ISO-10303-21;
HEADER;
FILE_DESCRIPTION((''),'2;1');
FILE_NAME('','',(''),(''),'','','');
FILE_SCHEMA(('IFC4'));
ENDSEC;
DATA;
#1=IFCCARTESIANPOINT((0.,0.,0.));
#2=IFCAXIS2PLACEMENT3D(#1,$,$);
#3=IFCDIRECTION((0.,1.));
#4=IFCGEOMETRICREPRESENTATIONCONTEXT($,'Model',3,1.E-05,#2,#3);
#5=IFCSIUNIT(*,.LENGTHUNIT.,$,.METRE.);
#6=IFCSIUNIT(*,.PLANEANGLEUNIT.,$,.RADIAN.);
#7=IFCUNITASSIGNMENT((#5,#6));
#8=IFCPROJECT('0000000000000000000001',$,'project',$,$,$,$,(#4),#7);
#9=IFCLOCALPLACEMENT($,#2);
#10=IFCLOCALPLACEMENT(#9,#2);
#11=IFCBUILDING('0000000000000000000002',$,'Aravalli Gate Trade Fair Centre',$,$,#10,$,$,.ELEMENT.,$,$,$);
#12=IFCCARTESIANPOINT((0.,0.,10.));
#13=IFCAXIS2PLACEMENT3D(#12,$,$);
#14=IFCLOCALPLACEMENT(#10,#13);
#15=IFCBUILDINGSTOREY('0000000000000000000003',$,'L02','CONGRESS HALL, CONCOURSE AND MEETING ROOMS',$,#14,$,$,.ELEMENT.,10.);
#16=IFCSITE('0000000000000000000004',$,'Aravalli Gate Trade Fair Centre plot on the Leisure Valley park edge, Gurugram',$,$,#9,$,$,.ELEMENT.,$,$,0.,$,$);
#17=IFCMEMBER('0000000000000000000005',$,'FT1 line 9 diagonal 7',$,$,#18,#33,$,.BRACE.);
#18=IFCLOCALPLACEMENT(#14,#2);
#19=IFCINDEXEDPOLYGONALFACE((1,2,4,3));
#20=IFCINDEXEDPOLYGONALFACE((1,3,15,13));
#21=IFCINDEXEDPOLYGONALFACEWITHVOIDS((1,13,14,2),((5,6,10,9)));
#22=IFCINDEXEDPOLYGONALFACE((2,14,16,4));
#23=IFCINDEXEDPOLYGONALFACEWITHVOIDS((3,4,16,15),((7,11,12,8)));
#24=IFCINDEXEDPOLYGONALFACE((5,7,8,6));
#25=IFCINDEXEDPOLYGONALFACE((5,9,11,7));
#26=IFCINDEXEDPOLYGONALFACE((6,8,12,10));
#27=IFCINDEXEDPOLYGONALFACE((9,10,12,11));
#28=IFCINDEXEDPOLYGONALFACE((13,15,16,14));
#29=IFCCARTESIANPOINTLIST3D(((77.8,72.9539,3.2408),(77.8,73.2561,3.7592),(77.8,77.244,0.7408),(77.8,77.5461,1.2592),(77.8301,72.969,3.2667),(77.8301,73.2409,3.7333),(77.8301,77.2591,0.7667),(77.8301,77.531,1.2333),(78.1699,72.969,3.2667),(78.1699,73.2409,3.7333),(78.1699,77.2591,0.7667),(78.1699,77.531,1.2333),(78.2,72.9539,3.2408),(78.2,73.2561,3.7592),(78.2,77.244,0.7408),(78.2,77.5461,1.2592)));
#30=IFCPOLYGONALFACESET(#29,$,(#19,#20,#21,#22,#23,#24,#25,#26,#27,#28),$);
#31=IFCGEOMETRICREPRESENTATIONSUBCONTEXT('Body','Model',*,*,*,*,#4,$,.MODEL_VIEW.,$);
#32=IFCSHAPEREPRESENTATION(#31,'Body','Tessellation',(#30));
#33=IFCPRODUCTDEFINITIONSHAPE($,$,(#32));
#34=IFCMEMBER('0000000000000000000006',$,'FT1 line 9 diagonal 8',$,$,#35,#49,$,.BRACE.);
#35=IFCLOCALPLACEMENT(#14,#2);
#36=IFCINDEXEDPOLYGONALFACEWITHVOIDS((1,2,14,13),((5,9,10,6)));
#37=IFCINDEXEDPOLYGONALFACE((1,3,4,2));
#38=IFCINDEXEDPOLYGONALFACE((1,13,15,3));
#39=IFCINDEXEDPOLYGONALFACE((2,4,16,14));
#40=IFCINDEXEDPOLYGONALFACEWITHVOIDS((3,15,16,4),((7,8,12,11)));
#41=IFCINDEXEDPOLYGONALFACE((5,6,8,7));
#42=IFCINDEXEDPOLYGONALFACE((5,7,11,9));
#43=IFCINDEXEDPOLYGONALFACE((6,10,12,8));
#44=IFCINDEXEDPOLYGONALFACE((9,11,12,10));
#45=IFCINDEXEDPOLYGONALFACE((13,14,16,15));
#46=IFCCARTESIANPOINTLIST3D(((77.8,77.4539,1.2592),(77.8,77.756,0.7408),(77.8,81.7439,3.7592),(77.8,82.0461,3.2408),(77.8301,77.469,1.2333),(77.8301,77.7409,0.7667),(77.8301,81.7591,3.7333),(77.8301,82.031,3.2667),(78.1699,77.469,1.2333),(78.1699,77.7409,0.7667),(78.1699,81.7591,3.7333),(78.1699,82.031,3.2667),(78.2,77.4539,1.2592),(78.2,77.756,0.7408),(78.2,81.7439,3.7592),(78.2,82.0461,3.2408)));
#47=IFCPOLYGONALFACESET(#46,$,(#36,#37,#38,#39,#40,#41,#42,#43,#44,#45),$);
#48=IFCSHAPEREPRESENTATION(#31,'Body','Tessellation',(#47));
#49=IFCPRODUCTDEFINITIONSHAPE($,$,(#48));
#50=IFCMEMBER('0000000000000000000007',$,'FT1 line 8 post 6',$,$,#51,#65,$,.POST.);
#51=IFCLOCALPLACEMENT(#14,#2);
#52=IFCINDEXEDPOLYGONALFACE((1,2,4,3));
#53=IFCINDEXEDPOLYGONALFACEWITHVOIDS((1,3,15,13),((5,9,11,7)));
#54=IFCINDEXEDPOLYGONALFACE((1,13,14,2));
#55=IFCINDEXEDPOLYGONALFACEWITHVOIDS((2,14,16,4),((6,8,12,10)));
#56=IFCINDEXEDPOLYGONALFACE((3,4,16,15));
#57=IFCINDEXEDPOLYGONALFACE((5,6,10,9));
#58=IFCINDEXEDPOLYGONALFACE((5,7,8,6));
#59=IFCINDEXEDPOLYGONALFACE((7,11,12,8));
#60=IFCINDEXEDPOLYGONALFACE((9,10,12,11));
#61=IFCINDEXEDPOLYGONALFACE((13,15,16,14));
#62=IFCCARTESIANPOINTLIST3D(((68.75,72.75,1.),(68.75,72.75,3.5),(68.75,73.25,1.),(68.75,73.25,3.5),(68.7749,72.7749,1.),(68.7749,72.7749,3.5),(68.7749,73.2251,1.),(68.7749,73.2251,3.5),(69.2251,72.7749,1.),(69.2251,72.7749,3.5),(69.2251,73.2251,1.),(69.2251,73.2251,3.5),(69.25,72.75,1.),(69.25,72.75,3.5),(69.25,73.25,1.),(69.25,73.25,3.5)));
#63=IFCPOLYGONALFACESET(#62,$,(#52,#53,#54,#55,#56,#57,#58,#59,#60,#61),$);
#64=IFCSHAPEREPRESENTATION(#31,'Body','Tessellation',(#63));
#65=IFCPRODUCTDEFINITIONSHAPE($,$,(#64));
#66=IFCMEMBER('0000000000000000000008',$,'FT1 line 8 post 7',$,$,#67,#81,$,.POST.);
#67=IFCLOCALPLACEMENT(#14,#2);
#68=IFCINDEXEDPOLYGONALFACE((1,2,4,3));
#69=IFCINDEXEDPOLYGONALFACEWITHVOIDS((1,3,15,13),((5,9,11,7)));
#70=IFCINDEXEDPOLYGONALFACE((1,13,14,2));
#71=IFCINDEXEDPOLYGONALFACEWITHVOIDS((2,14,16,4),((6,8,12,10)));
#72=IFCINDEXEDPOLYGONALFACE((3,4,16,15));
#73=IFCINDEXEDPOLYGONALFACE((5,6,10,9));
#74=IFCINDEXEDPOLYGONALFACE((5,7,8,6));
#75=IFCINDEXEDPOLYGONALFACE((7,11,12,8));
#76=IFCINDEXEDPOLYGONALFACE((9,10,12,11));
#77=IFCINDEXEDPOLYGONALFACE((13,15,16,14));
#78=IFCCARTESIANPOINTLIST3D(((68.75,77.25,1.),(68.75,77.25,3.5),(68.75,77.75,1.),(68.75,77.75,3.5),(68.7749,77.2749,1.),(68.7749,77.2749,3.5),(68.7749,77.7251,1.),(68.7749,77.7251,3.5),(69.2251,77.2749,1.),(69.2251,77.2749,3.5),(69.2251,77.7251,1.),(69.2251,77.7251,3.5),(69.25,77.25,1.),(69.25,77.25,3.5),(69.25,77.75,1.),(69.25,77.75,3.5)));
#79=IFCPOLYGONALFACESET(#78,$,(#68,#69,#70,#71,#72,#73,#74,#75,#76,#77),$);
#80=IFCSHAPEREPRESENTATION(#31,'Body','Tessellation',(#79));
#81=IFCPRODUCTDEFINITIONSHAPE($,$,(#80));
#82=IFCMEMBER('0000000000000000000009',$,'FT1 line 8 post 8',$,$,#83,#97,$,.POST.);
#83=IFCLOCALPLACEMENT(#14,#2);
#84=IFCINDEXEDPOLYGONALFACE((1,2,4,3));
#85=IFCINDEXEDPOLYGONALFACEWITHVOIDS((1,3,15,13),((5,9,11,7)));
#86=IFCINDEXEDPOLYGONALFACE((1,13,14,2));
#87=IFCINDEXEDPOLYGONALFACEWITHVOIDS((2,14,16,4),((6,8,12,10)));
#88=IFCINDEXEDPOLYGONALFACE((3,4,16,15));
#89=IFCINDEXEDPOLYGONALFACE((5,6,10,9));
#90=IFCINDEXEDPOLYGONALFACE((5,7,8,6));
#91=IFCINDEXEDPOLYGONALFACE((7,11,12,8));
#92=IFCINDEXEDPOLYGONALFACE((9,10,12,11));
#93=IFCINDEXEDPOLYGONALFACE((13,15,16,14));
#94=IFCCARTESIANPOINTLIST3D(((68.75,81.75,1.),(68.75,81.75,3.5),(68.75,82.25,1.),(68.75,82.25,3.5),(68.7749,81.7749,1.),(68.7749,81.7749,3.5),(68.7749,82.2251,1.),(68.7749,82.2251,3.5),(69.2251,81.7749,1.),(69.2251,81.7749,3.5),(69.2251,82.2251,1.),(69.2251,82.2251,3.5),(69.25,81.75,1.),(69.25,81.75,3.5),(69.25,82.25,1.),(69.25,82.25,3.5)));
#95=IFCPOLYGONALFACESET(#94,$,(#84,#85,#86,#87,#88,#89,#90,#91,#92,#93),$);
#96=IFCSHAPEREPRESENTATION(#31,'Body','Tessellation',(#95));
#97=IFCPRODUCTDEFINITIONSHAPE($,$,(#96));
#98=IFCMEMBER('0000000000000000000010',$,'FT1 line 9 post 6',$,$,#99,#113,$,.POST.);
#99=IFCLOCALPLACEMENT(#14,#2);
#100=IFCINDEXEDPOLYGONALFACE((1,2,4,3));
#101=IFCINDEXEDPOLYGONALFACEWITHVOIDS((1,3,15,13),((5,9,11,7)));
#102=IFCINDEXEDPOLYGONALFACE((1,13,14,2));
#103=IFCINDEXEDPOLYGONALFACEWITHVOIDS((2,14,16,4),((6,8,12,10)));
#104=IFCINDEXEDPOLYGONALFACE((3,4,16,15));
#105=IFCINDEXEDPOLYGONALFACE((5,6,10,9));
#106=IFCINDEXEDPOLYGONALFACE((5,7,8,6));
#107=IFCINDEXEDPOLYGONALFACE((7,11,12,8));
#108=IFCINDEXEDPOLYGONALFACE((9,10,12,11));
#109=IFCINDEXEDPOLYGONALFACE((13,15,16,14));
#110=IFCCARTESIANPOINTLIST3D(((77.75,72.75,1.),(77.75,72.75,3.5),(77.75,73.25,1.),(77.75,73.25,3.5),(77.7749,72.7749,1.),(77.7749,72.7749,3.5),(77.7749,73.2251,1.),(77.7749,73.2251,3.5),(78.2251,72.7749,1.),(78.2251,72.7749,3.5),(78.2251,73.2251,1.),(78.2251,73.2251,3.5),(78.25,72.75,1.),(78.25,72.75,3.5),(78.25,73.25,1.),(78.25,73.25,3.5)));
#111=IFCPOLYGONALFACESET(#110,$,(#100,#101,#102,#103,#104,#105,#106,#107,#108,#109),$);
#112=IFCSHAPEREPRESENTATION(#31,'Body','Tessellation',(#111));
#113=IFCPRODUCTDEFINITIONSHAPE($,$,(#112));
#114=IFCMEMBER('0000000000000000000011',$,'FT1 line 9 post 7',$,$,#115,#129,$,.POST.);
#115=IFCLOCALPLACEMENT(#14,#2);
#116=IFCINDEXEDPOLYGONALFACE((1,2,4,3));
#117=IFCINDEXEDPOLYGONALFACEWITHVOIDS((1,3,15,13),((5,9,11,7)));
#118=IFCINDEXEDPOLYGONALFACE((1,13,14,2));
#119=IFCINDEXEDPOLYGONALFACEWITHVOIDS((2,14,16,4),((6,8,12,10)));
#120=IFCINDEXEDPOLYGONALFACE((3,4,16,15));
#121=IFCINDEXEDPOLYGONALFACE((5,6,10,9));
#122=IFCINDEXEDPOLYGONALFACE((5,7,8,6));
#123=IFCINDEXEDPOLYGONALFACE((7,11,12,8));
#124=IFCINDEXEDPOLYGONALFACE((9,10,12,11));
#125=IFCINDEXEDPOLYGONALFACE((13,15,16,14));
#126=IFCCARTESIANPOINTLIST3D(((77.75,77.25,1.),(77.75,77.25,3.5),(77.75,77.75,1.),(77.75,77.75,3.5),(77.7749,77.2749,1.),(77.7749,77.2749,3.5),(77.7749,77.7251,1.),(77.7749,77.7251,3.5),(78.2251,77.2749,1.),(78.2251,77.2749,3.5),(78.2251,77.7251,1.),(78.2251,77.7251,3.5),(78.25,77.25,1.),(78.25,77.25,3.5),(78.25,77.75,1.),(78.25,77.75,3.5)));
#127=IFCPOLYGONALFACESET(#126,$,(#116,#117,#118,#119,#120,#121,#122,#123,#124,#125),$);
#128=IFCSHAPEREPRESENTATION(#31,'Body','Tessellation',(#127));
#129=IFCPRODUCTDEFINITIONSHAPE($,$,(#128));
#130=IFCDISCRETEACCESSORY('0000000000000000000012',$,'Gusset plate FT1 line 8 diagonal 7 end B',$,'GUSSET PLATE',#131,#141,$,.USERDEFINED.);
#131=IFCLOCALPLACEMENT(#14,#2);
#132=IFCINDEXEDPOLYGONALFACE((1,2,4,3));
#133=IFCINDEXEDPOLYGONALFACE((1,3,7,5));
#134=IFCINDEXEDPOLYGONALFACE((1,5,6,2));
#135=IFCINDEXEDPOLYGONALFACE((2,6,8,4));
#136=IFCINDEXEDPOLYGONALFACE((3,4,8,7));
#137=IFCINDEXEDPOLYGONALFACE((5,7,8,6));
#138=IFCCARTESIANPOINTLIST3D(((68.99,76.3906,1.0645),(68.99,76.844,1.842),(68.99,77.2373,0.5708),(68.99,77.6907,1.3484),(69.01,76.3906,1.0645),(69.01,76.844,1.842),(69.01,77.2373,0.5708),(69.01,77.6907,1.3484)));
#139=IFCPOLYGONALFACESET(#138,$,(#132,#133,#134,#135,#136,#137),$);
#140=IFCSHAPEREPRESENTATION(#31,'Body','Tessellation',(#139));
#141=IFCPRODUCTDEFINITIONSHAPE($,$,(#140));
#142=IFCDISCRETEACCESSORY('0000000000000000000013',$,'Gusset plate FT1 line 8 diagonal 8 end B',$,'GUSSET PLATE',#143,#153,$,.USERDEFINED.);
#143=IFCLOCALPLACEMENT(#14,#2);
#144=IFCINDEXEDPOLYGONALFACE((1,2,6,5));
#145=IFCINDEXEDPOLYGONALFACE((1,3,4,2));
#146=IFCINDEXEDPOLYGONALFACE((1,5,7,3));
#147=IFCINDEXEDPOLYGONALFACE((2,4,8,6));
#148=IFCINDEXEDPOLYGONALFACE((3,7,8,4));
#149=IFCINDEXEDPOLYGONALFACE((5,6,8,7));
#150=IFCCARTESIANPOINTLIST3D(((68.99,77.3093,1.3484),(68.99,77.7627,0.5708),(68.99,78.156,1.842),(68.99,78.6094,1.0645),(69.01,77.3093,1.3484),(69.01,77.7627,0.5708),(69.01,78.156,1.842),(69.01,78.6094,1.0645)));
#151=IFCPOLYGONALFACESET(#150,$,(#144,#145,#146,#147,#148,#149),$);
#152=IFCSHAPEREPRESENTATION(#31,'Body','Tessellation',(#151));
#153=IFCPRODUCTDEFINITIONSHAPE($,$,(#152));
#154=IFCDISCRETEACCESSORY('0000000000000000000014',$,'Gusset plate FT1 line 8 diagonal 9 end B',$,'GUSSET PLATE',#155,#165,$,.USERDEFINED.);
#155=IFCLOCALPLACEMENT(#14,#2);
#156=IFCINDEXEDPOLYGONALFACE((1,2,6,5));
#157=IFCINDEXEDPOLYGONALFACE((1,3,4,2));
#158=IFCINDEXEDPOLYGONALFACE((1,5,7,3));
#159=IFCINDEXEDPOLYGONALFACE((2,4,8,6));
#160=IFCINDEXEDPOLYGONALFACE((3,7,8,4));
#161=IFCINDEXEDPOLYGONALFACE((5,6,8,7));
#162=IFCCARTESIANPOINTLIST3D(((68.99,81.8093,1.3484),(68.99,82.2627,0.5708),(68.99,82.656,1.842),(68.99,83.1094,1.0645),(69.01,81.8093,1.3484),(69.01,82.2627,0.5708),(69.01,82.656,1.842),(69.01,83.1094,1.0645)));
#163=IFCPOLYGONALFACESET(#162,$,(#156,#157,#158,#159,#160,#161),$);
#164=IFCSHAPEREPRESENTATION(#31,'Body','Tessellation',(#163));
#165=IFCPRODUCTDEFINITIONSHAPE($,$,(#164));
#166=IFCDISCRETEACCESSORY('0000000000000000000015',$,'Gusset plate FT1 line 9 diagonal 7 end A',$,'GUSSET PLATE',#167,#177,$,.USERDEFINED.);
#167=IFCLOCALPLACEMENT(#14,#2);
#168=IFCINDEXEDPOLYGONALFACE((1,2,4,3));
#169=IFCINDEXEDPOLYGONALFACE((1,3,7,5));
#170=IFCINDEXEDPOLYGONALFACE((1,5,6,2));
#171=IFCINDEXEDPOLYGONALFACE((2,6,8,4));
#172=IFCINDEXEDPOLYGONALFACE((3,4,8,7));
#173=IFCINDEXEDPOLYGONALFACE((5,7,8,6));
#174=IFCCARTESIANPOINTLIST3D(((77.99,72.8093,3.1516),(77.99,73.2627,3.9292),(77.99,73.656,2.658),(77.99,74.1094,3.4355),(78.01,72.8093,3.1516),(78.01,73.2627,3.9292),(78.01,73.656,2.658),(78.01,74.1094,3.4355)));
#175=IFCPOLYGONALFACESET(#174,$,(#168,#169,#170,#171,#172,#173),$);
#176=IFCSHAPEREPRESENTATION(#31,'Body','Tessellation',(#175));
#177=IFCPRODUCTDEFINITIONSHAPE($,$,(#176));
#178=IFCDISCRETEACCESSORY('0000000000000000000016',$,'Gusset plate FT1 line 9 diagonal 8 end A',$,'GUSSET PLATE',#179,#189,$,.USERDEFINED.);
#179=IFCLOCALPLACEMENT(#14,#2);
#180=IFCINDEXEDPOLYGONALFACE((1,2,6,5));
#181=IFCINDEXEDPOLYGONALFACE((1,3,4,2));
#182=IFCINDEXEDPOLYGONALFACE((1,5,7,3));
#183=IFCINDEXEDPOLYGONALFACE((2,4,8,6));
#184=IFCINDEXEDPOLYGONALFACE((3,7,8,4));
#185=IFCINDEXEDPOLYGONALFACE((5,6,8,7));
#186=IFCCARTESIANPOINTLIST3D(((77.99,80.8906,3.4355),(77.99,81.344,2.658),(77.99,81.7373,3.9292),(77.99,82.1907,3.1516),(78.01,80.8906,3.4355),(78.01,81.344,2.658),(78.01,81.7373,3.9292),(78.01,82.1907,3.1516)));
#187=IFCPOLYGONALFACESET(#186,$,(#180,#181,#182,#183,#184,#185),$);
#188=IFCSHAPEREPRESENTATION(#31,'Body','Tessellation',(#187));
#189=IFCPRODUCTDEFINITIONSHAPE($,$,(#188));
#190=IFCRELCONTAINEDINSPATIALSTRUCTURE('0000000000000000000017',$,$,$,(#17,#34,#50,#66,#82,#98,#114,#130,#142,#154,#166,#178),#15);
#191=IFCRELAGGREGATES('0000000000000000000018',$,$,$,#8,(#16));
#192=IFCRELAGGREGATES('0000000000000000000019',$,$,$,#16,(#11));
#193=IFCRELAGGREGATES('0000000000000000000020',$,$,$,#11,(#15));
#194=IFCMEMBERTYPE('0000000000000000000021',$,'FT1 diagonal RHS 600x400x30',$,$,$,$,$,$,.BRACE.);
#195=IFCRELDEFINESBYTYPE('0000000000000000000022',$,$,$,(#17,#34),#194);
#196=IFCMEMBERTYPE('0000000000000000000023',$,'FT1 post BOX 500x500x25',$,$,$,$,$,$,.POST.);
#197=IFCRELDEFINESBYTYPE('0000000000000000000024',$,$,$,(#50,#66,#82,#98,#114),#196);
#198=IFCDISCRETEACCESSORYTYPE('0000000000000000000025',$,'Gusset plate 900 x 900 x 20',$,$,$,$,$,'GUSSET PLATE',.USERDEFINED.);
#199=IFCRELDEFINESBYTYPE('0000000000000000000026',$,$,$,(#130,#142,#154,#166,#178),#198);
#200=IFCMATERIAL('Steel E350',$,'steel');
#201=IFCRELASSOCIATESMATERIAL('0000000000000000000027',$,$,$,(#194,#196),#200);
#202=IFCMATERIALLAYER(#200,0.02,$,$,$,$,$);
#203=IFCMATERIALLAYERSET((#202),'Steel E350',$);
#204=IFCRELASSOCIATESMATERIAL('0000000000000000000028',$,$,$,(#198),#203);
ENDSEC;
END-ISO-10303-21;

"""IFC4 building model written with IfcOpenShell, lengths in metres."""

from ifc_helpers import new_model, si_unit, direction, frame, origin, origin_2d, place, context, subcontext, project, spatial, polyline, hollow_rectangle, outline, extrude, material, layer, layer_set, material_profile, profile_set, type_object, element, save


model = new_model("IFC4")

# Units and contexts
model_context = context("Model", 3, precision=1e-05, world=origin(), true_north=direction((0.0, 1.0)))
body_context = subcontext(model_context, "Body", "Model", "MODEL_VIEW")
ifc_project = project(units=[si_unit("LENGTHUNIT", "METRE"), si_unit("PLANEANGLEUNIT", "RADIAN")], contexts=[model_context])

# Site, building, storey
site_placement = place(None, origin())
site = spatial("IfcSite", under=ifc_project, at=site_placement, Name="Aravalli Gate Trade Fair Centre plot on the Leisure Valley park edge, Gurugram", CompositionType="ELEMENT", RefElevation=0.0)
building_placement = place(site_placement, origin())
building = spatial("IfcBuilding", under=site, at=building_placement, Name="Aravalli Gate Trade Fair Centre", CompositionType="ELEMENT")
storey_placement = place(building_placement, frame((0.0, 0.0, 10.0)))
storey = spatial("IfcBuildingStorey", under=building, at=storey_placement, Name="L02", Description="CONGRESS HALL, CONCOURSE AND MEETING ROOMS", CompositionType="ELEMENT", Elevation=10.0)

# Members
ifc_material = material(Name="Steel E350", Category="steel")
ifc_material_profile_1 = material_profile(ifc_material, hollow_rectangle(XDim=0.3999, YDim=0.6001, WallThickness=0.03, at=origin_2d()), Name="RHS 600x400x30")
ifc_profile_set_1 = profile_set([ifc_material_profile_1], Name="Steel E350")
member_type_1 = type_object("IfcMemberType", Name="FT1 diagonal RHS 600x400x30", PredefinedType="BRACE", material=ifc_profile_set_1)
for number, where, z_axis, x_axis, name in (
    (1, (78.0, 73.105, 3.5), (0.0, 0.864, -0.503492), (-1.0, 0.0, 0.0), "FT1 line 9 diagonal 7"),
    (2, (78.0, 81.895, 3.5), (0.0, -0.864, -0.503492), (1.0, 0.0, 0.0), "FT1 line 9 diagonal 8"),
):
    element("IfcMember", number, at=place(storey_placement, frame(where, z_axis=z_axis, x_axis=x_axis)), inside=storey, type_object=member_type_1, Name=name, PredefinedType="BRACE", context=body_context, shape_type="SweptSolid", body=[
        extrude(hollow_rectangle(XDim=0.3999, YDim=0.6001, WallThickness=0.03, at=origin_2d()), origin(), (0.0, 0.0, 1.0), 4.9653),
    ])
ifc_material_profile_2 = material_profile(ifc_material, hollow_rectangle(XDim=0.5, YDim=0.5, WallThickness=0.0249, at=origin_2d()), Name="BOX 500x500x25")
ifc_profile_set_2 = profile_set([ifc_material_profile_2], Name="Steel E350")
member_type_2 = type_object("IfcMemberType", Name="FT1 post BOX 500x500x25", PredefinedType="POST", material=ifc_profile_set_2)
for number, where, z_axis, x_axis, name in (
    (3, (69.0, 73.0, 1.0), (0.0, 0.0, 1.0), (1.0, 0.0, 0.0), "FT1 line 8 post 6"),
    (4, (69.0, 77.5, 1.0), (0.0, 0.0, 1.0), (1.0, 0.0, 0.0), "FT1 line 8 post 7"),
    (5, (69.0, 82.0, 1.0), (0.0, 0.0, 1.0), (1.0, 0.0, 0.0), "FT1 line 8 post 8"),
    (6, (78.0, 73.0, 1.0), (0.0, 0.0, 1.0), (1.0, 0.0, 0.0), "FT1 line 9 post 6"),
    (7, (78.0, 77.5, 1.0), (0.0, 0.0, 1.0), (1.0, 0.0, 0.0), "FT1 line 9 post 7"),
):
    element("IfcMember", number, at=place(storey_placement, frame(where, z_axis=z_axis, x_axis=x_axis)), inside=storey, type_object=member_type_2, Name=name, PredefinedType="POST", context=body_context, shape_type="SweptSolid", body=[
        extrude(hollow_rectangle(XDim=0.5, YDim=0.5, WallThickness=0.0249, at=origin_2d()), origin(), (0.0, 0.0, 1.0), 2.5),
    ])

# Discrete accessories
ifc_layer = layer(ifc_material, 0.02)
ifc_layer_set = layer_set([ifc_layer], Name="Steel E350")
discrete_accessory_type = type_object("IfcDiscreteAccessoryType", Name="Gusset plate 900 x 900 x 20", ElementType="GUSSET PLATE", PredefinedType="USERDEFINED", material=ifc_layer_set)
discrete_accessory_1_placement = place(storey_placement, frame((69.01, 76.3906, 1.0645), z_axis=(1.0, 0.0, 0.0), x_axis=(0.0, 0.863887, -0.503685)))
element("IfcDiscreteAccessory", 8, at=discrete_accessory_1_placement, inside=storey, type_object=discrete_accessory_type, Name="Gusset plate FT1 line 8 diagonal 7 end B", ObjectType="GUSSET PLATE", PredefinedType="USERDEFINED", context=body_context, shape_type="SweptSolid", body=[
    extrude(outline(polyline([(0.0, 0.0), (0.9801, 0.0), (0.9801, 0.9001), (0.0, 0.9001), (0.0, 0.0)])), origin(), (0.0, 0.0, -1.0), 0.02),
])
for number, where, z_axis, x_axis, name in (
    (9, (69.01, 78.156, 1.842), (1.0, 0.0, 0.0), (0.0, -0.863887, -0.503685), "Gusset plate FT1 line 8 diagonal 8 end B"),
    (10, (69.01, 82.656, 1.842), (1.0, 0.0, 0.0), (0.0, -0.863887, -0.503685), "Gusset plate FT1 line 8 diagonal 9 end B"),
    (11, (77.99, 73.656, 2.658), (-1.0, 0.0, 0.0), (0.0, -0.863887, 0.503685), "Gusset plate FT1 line 9 diagonal 7 end A"),
):
    element("IfcDiscreteAccessory", number, at=place(storey_placement, frame(where, z_axis=z_axis, x_axis=x_axis)), inside=storey, type_object=discrete_accessory_type, Name=name, ObjectType="GUSSET PLATE", PredefinedType="USERDEFINED", context=body_context, shape_type="SweptSolid", body=[
        extrude(outline(polyline([(0.0, 0.0), (0.9801, 0.0), (0.9801, 0.9001), (0.0, 0.9001), (0.0, 0.0)])), origin(), (0.0, 0.0, -1.0), 0.02),
    ])
discrete_accessory_2_placement = place(storey_placement, frame((77.99, 80.8906, 3.4355), z_axis=(-1.0, 0.0, 0.0), x_axis=(0.0, 0.863887, 0.503685)))
element("IfcDiscreteAccessory", 12, at=discrete_accessory_2_placement, inside=storey, type_object=discrete_accessory_type, Name="Gusset plate FT1 line 9 diagonal 8 end A", ObjectType="GUSSET PLATE", PredefinedType="USERDEFINED", context=body_context, shape_type="SweptSolid", body=[
    extrude(outline(polyline([(0.0, 0.0), (0.9801, 0.0), (0.9801, 0.9001), (0.0, 0.9001), (0.0, 0.0)])), origin(), (0.0, 0.0, -1.0), 0.02),
])

save(model, "model.ifc")
